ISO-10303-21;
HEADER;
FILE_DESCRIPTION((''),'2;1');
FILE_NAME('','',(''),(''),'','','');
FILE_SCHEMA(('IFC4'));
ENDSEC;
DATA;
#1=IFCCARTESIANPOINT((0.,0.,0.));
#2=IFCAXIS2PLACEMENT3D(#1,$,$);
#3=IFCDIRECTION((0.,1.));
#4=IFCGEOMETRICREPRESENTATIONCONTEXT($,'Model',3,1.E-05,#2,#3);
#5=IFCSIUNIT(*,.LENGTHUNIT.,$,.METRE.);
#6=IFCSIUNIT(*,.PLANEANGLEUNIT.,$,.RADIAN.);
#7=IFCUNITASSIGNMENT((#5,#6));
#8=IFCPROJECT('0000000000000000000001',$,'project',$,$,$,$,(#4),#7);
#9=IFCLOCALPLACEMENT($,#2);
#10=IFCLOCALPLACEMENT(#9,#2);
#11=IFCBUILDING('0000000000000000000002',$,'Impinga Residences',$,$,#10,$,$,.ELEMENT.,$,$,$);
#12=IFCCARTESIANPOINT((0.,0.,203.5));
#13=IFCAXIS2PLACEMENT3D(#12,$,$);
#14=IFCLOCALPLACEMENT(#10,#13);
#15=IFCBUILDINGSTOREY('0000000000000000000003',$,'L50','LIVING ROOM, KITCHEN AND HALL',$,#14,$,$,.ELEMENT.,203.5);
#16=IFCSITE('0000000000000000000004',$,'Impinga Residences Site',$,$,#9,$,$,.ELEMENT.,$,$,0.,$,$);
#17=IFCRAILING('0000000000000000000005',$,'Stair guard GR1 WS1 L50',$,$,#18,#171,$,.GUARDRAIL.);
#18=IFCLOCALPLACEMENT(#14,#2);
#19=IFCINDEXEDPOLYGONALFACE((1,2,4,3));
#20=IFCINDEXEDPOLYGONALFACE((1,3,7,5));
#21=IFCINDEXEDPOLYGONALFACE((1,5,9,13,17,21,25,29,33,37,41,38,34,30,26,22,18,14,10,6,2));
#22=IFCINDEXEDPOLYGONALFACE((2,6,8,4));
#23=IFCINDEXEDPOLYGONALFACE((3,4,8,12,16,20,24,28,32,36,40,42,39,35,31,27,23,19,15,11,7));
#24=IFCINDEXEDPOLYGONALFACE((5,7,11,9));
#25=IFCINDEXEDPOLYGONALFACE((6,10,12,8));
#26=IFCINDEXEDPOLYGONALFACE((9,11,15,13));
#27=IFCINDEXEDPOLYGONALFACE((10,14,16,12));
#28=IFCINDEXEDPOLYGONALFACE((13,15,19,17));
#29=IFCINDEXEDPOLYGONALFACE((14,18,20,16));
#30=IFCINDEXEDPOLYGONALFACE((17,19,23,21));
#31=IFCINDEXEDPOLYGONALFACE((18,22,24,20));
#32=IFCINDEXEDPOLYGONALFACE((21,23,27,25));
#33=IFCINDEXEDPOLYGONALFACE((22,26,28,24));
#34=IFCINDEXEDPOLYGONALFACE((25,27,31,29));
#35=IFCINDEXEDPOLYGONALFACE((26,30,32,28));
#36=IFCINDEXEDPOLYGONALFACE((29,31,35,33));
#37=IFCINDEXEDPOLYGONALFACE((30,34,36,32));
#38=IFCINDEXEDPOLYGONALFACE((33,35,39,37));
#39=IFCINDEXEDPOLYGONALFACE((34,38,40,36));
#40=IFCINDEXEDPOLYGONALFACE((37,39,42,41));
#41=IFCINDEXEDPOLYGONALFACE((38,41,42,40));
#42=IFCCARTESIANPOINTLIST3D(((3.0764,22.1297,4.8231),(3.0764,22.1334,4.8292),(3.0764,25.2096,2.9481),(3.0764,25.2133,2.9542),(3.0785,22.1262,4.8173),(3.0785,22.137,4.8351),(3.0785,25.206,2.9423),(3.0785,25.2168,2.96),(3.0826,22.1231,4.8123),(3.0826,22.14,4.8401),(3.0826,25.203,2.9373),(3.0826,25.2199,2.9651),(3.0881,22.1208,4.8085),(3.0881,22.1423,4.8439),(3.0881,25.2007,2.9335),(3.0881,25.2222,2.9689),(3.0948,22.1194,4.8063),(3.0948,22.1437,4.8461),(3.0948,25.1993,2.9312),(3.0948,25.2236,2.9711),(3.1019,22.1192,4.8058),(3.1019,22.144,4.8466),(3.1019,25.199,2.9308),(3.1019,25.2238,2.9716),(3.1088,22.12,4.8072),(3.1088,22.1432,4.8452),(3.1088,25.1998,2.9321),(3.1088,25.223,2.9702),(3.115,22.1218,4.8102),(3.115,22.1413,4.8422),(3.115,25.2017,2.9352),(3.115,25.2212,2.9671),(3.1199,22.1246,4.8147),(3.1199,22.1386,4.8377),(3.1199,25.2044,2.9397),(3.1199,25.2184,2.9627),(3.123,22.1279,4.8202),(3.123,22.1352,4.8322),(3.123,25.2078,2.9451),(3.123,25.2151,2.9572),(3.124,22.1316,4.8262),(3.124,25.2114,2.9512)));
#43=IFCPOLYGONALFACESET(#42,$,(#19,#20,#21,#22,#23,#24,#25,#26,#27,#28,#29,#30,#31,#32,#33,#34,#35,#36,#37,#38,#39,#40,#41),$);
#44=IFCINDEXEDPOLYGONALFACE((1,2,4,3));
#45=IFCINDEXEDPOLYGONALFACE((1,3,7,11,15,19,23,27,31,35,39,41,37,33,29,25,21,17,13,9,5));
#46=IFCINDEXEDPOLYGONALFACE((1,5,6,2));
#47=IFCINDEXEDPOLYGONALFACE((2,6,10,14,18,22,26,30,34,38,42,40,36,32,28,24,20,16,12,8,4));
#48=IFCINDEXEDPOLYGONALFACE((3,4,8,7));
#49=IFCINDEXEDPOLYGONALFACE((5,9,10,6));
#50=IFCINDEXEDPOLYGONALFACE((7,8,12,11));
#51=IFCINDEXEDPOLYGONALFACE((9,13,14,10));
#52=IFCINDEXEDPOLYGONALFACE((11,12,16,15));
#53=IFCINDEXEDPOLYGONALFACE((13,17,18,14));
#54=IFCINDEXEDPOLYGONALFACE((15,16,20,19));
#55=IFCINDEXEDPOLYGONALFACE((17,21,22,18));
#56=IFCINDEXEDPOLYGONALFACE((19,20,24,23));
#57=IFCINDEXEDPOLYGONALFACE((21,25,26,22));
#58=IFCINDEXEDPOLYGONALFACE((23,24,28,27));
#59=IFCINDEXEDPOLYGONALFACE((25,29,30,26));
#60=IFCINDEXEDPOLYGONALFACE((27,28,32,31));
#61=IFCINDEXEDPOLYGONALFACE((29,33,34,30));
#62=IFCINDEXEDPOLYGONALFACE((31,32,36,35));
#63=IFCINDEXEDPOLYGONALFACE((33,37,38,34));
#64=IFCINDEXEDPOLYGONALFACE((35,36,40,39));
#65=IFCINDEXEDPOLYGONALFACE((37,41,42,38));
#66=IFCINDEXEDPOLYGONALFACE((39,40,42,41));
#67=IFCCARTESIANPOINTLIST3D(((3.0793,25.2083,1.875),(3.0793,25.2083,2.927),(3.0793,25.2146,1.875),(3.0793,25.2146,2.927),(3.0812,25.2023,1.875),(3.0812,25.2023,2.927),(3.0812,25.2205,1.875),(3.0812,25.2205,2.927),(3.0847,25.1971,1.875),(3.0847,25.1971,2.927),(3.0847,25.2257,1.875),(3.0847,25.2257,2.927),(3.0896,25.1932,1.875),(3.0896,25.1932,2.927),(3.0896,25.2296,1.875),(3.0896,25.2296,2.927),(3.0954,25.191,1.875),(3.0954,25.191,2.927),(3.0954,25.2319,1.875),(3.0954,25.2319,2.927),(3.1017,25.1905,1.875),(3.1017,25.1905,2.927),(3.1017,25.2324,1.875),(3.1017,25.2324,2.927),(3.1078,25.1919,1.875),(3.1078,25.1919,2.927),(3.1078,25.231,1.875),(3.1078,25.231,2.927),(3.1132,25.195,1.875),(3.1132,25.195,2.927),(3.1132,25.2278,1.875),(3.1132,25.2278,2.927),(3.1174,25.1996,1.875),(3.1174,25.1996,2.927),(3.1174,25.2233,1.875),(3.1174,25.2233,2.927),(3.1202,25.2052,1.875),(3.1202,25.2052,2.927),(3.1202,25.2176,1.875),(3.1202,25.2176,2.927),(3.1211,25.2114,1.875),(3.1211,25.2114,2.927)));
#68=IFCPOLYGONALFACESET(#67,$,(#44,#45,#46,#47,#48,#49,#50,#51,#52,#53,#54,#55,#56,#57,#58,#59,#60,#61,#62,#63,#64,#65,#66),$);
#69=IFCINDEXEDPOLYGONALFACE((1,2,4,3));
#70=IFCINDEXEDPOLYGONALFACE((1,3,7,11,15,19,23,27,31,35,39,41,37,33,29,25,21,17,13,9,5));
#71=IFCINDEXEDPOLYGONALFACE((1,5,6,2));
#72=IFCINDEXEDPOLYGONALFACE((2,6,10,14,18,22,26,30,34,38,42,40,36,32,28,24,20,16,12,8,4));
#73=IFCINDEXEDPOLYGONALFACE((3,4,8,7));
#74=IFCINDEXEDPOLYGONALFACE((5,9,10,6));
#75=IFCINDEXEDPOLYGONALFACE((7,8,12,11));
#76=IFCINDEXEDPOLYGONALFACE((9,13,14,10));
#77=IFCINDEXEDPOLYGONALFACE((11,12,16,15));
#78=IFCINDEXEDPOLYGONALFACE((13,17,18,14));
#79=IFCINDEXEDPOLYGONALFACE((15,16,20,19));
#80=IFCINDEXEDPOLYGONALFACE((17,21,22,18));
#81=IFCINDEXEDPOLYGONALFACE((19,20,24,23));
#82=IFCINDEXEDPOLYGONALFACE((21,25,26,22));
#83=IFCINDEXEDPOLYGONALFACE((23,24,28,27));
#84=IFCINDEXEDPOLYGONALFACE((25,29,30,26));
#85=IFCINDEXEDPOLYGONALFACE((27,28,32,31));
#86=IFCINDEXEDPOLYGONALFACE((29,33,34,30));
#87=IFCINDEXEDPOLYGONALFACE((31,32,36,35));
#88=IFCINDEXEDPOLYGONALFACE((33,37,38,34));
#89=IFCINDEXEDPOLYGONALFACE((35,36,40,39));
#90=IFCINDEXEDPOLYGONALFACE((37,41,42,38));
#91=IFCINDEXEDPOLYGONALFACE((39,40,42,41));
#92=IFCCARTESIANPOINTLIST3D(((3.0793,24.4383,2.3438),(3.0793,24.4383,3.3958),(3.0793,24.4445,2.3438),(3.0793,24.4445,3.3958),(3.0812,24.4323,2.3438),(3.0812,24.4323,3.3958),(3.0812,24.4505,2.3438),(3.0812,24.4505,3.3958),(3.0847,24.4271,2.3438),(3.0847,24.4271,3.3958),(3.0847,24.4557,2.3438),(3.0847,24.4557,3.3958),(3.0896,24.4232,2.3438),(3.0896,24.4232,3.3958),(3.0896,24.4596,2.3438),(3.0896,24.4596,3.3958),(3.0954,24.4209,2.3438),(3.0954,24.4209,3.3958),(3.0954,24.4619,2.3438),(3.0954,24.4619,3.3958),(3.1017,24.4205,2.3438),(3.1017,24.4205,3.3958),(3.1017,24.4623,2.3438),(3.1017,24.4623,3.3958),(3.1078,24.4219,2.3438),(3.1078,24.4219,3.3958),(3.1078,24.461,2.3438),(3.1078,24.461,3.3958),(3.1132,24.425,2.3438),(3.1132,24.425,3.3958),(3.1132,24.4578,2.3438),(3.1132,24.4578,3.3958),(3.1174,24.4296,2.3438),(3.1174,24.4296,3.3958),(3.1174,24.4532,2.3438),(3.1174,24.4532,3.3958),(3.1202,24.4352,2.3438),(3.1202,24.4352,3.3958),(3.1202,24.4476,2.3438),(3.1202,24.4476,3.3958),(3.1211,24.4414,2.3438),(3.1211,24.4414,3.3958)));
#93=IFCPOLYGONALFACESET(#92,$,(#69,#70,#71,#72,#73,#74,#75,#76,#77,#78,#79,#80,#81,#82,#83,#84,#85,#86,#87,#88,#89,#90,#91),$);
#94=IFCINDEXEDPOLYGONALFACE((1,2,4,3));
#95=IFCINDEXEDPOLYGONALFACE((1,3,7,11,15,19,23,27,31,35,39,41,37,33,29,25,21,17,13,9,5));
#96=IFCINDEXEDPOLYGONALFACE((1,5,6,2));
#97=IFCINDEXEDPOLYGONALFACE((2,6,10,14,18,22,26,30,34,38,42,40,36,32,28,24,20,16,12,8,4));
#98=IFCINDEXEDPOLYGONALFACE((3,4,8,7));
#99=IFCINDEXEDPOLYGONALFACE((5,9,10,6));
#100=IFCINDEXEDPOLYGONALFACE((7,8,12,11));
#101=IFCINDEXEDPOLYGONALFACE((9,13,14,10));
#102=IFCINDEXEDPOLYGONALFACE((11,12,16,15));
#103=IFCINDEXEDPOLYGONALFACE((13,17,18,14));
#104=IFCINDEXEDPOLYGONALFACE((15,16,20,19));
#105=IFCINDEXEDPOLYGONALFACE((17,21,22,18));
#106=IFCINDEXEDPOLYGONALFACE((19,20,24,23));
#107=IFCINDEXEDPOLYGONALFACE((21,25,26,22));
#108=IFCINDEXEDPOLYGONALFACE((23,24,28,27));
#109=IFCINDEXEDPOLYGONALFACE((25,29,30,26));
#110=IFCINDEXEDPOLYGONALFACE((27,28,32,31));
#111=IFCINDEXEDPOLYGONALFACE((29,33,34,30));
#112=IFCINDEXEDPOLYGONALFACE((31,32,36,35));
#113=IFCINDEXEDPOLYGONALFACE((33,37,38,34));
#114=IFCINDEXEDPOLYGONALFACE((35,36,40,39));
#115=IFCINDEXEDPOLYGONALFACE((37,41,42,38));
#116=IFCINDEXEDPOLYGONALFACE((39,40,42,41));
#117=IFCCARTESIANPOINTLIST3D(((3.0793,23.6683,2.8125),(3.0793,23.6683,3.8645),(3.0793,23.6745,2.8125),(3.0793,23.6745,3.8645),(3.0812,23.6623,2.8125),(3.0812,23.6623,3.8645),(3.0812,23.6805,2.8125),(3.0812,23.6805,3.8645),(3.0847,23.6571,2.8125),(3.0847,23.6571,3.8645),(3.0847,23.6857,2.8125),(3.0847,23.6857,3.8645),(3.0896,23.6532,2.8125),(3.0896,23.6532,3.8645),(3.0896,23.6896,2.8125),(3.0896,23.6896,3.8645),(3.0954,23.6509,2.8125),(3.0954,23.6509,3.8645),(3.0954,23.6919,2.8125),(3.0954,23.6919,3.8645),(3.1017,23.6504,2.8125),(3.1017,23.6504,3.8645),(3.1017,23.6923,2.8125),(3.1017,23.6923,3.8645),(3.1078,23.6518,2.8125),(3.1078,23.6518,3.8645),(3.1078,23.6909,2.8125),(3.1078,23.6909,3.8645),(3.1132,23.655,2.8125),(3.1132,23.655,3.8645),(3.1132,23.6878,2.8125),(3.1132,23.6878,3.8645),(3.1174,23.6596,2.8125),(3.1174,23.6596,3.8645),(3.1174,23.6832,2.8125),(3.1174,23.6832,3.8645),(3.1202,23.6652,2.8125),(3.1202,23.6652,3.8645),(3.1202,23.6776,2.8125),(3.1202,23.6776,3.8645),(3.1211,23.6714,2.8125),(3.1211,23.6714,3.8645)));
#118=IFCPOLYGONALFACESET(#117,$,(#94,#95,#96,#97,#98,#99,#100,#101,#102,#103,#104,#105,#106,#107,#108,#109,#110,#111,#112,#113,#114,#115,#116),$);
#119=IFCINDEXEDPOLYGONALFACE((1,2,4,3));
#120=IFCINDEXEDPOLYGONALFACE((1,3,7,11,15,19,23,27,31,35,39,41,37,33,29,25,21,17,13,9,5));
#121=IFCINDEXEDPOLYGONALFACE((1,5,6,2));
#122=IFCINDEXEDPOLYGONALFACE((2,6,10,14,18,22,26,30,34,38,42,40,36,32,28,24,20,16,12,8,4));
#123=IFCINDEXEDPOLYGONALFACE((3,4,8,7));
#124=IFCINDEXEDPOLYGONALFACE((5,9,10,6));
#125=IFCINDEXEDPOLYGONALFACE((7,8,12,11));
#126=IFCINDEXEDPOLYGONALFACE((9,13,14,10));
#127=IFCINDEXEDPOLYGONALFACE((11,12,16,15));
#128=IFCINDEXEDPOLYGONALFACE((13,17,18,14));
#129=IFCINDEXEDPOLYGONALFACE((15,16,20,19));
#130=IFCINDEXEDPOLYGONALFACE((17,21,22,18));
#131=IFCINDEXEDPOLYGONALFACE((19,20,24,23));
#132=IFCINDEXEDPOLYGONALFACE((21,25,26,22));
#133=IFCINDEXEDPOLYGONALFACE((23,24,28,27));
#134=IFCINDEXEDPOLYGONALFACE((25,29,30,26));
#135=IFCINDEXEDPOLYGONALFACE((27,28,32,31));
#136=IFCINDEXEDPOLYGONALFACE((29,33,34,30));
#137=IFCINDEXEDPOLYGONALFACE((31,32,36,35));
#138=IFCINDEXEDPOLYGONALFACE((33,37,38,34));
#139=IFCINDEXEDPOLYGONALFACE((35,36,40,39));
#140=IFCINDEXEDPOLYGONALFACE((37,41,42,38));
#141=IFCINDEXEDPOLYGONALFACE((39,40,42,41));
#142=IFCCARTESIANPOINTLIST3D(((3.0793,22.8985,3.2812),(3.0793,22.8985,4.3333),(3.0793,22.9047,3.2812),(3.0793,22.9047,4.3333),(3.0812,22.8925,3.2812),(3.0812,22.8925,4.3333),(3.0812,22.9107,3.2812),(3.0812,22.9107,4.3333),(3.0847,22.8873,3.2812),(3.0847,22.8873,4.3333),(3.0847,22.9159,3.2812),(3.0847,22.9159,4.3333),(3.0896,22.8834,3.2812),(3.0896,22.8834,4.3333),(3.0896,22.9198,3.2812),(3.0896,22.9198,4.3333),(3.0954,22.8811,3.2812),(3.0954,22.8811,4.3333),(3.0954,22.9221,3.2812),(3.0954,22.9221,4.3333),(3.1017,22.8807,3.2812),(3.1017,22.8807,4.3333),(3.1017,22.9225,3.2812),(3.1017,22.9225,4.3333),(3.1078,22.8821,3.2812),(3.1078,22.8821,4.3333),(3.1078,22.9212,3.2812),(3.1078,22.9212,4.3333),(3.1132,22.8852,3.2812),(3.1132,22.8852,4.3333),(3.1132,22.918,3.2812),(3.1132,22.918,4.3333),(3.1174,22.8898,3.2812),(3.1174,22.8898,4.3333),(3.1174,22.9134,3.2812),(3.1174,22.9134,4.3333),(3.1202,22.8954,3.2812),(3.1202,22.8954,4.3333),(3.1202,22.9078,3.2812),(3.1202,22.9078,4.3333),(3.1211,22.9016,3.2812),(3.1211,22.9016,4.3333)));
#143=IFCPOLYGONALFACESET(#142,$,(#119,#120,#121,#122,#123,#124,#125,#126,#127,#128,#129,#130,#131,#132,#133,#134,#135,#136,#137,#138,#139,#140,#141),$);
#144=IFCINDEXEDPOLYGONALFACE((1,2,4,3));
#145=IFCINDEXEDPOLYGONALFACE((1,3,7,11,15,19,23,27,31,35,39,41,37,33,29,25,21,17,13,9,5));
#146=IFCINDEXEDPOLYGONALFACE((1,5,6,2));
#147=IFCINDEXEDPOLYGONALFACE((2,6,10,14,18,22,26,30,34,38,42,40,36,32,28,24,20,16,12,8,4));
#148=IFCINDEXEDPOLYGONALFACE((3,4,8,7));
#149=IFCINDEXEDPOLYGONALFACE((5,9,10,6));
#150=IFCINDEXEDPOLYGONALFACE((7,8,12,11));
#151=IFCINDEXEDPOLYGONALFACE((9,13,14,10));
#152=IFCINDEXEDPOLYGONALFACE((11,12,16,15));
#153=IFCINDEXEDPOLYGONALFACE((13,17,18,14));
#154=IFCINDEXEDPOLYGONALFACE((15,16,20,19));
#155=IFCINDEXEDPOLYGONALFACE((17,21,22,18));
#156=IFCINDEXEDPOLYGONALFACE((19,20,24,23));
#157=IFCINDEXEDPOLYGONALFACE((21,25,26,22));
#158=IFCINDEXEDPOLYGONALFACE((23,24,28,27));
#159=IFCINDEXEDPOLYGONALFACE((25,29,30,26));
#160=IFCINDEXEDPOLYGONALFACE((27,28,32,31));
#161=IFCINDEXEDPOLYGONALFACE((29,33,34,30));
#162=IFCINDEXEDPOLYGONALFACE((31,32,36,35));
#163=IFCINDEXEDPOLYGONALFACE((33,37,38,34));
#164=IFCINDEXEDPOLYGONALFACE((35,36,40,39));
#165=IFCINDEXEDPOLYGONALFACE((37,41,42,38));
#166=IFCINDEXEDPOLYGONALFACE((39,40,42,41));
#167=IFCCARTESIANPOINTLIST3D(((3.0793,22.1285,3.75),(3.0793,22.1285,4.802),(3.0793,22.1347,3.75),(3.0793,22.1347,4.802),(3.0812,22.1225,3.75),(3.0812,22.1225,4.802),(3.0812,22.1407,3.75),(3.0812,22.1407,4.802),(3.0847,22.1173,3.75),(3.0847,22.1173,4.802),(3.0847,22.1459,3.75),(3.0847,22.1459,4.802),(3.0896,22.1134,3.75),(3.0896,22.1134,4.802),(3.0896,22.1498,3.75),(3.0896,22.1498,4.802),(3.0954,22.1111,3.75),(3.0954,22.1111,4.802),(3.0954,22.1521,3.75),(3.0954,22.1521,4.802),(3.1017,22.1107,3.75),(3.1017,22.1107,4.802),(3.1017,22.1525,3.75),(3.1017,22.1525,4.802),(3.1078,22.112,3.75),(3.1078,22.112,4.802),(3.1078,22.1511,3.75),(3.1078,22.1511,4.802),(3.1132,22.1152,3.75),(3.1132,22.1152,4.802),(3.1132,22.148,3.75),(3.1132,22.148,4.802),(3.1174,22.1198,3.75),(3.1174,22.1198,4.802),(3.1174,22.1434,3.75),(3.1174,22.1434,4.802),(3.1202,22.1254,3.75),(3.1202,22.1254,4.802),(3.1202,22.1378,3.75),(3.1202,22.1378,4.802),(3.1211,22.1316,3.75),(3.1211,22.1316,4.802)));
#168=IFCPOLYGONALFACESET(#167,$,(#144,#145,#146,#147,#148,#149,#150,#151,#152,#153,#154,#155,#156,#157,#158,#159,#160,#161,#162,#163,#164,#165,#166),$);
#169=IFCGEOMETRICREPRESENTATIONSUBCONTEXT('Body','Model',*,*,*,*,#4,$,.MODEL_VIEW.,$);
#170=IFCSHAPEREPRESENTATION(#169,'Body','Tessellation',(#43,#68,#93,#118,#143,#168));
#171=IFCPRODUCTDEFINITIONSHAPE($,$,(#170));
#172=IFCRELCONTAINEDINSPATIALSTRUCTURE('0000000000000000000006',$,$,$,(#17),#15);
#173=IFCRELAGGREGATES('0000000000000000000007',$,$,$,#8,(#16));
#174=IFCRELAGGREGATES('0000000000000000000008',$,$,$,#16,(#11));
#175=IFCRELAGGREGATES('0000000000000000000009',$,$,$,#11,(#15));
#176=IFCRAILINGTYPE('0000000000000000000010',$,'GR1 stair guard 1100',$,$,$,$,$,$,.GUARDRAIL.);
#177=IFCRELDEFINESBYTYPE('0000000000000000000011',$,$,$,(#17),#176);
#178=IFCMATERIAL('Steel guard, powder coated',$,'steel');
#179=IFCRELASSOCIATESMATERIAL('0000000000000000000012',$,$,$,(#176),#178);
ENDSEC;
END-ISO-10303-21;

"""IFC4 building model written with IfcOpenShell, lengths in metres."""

from ifc_helpers import new_model, si_unit, direction, frame, origin, origin_2d, place, context, subcontext, project, spatial, circle, extrude, material, type_object, element, save


model = new_model("IFC4")

# Units and contexts
model_context = context("Model", 3, precision=1e-05, world=origin(), true_north=direction((0.0, 1.0)))
body_context = subcontext(model_context, "Body", "Model", "MODEL_VIEW")
ifc_project = project(units=[si_unit("LENGTHUNIT", "METRE"), si_unit("PLANEANGLEUNIT", "RADIAN")], contexts=[model_context])

# Site, building, storey
site_placement = place(None, origin())
site = spatial("IfcSite", under=ifc_project, at=site_placement, Name="Impinga Residences Site", CompositionType="ELEMENT", RefElevation=0.0)
building_placement = place(site_placement, origin())
building = spatial("IfcBuilding", under=site, at=building_placement, Name="Impinga Residences", CompositionType="ELEMENT")
storey_placement = place(building_placement, frame((0.0, 0.0, 203.5)))
storey = spatial("IfcBuildingStorey", under=building, at=storey_placement, Name="L50", Description="LIVING ROOM, KITCHEN AND HALL", CompositionType="ELEMENT", Elevation=203.5)

# Railing
ifc_material_1 = material(Name="Steel guard, powder coated", Category="steel")
railing_type_1 = type_object("IfcRailingType", Name="GR1 stair guard 1100", PredefinedType="GUARDRAIL", material=ifc_material_1)
railing_1_placement = place(storey_placement, frame((3.1001, 25.2114, 1.875)))
element("IfcRailing", 1, at=railing_1_placement, inside=storey, type_object=railing_type_1, Name="Stair guard GR1 WS1 L50", PredefinedType="GUARDRAIL", context=body_context, shape_type="SweptSolid", body=[
    extrude(circle(Radius=0.0239, at=origin_2d()), frame((0.0, 0.0, 1.0762), z_axis=(0.0, -0.854159, 0.520011), x_axis=(1.0, 0.0, 0.0)), (0.0, 0.0, 1.0), 3.6057),
    extrude(circle(Radius=0.021, at=origin_2d()), origin(), (0.0, 0.0, 1.0), 1.052),
    extrude(circle(Radius=0.021, at=origin_2d()), frame((0.0, -0.77, 0.4688)), (0.0, 0.0, 1.0), 1.052),
    extrude(circle(Radius=0.021, at=origin_2d()), frame((0.0, -1.54, 0.9375)), (0.0, 0.0, 1.0), 1.052),
    extrude(circle(Radius=0.021, at=origin_2d()), frame((0.0, -2.3098, 1.4062)), (0.0, 0.0, 1.0), 1.052),
    extrude(circle(Radius=0.021, at=origin_2d()), frame((0.0, -3.0798, 1.875)), (0.0, 0.0, 1.0), 1.052),
])

save(model, "model.ifc")
